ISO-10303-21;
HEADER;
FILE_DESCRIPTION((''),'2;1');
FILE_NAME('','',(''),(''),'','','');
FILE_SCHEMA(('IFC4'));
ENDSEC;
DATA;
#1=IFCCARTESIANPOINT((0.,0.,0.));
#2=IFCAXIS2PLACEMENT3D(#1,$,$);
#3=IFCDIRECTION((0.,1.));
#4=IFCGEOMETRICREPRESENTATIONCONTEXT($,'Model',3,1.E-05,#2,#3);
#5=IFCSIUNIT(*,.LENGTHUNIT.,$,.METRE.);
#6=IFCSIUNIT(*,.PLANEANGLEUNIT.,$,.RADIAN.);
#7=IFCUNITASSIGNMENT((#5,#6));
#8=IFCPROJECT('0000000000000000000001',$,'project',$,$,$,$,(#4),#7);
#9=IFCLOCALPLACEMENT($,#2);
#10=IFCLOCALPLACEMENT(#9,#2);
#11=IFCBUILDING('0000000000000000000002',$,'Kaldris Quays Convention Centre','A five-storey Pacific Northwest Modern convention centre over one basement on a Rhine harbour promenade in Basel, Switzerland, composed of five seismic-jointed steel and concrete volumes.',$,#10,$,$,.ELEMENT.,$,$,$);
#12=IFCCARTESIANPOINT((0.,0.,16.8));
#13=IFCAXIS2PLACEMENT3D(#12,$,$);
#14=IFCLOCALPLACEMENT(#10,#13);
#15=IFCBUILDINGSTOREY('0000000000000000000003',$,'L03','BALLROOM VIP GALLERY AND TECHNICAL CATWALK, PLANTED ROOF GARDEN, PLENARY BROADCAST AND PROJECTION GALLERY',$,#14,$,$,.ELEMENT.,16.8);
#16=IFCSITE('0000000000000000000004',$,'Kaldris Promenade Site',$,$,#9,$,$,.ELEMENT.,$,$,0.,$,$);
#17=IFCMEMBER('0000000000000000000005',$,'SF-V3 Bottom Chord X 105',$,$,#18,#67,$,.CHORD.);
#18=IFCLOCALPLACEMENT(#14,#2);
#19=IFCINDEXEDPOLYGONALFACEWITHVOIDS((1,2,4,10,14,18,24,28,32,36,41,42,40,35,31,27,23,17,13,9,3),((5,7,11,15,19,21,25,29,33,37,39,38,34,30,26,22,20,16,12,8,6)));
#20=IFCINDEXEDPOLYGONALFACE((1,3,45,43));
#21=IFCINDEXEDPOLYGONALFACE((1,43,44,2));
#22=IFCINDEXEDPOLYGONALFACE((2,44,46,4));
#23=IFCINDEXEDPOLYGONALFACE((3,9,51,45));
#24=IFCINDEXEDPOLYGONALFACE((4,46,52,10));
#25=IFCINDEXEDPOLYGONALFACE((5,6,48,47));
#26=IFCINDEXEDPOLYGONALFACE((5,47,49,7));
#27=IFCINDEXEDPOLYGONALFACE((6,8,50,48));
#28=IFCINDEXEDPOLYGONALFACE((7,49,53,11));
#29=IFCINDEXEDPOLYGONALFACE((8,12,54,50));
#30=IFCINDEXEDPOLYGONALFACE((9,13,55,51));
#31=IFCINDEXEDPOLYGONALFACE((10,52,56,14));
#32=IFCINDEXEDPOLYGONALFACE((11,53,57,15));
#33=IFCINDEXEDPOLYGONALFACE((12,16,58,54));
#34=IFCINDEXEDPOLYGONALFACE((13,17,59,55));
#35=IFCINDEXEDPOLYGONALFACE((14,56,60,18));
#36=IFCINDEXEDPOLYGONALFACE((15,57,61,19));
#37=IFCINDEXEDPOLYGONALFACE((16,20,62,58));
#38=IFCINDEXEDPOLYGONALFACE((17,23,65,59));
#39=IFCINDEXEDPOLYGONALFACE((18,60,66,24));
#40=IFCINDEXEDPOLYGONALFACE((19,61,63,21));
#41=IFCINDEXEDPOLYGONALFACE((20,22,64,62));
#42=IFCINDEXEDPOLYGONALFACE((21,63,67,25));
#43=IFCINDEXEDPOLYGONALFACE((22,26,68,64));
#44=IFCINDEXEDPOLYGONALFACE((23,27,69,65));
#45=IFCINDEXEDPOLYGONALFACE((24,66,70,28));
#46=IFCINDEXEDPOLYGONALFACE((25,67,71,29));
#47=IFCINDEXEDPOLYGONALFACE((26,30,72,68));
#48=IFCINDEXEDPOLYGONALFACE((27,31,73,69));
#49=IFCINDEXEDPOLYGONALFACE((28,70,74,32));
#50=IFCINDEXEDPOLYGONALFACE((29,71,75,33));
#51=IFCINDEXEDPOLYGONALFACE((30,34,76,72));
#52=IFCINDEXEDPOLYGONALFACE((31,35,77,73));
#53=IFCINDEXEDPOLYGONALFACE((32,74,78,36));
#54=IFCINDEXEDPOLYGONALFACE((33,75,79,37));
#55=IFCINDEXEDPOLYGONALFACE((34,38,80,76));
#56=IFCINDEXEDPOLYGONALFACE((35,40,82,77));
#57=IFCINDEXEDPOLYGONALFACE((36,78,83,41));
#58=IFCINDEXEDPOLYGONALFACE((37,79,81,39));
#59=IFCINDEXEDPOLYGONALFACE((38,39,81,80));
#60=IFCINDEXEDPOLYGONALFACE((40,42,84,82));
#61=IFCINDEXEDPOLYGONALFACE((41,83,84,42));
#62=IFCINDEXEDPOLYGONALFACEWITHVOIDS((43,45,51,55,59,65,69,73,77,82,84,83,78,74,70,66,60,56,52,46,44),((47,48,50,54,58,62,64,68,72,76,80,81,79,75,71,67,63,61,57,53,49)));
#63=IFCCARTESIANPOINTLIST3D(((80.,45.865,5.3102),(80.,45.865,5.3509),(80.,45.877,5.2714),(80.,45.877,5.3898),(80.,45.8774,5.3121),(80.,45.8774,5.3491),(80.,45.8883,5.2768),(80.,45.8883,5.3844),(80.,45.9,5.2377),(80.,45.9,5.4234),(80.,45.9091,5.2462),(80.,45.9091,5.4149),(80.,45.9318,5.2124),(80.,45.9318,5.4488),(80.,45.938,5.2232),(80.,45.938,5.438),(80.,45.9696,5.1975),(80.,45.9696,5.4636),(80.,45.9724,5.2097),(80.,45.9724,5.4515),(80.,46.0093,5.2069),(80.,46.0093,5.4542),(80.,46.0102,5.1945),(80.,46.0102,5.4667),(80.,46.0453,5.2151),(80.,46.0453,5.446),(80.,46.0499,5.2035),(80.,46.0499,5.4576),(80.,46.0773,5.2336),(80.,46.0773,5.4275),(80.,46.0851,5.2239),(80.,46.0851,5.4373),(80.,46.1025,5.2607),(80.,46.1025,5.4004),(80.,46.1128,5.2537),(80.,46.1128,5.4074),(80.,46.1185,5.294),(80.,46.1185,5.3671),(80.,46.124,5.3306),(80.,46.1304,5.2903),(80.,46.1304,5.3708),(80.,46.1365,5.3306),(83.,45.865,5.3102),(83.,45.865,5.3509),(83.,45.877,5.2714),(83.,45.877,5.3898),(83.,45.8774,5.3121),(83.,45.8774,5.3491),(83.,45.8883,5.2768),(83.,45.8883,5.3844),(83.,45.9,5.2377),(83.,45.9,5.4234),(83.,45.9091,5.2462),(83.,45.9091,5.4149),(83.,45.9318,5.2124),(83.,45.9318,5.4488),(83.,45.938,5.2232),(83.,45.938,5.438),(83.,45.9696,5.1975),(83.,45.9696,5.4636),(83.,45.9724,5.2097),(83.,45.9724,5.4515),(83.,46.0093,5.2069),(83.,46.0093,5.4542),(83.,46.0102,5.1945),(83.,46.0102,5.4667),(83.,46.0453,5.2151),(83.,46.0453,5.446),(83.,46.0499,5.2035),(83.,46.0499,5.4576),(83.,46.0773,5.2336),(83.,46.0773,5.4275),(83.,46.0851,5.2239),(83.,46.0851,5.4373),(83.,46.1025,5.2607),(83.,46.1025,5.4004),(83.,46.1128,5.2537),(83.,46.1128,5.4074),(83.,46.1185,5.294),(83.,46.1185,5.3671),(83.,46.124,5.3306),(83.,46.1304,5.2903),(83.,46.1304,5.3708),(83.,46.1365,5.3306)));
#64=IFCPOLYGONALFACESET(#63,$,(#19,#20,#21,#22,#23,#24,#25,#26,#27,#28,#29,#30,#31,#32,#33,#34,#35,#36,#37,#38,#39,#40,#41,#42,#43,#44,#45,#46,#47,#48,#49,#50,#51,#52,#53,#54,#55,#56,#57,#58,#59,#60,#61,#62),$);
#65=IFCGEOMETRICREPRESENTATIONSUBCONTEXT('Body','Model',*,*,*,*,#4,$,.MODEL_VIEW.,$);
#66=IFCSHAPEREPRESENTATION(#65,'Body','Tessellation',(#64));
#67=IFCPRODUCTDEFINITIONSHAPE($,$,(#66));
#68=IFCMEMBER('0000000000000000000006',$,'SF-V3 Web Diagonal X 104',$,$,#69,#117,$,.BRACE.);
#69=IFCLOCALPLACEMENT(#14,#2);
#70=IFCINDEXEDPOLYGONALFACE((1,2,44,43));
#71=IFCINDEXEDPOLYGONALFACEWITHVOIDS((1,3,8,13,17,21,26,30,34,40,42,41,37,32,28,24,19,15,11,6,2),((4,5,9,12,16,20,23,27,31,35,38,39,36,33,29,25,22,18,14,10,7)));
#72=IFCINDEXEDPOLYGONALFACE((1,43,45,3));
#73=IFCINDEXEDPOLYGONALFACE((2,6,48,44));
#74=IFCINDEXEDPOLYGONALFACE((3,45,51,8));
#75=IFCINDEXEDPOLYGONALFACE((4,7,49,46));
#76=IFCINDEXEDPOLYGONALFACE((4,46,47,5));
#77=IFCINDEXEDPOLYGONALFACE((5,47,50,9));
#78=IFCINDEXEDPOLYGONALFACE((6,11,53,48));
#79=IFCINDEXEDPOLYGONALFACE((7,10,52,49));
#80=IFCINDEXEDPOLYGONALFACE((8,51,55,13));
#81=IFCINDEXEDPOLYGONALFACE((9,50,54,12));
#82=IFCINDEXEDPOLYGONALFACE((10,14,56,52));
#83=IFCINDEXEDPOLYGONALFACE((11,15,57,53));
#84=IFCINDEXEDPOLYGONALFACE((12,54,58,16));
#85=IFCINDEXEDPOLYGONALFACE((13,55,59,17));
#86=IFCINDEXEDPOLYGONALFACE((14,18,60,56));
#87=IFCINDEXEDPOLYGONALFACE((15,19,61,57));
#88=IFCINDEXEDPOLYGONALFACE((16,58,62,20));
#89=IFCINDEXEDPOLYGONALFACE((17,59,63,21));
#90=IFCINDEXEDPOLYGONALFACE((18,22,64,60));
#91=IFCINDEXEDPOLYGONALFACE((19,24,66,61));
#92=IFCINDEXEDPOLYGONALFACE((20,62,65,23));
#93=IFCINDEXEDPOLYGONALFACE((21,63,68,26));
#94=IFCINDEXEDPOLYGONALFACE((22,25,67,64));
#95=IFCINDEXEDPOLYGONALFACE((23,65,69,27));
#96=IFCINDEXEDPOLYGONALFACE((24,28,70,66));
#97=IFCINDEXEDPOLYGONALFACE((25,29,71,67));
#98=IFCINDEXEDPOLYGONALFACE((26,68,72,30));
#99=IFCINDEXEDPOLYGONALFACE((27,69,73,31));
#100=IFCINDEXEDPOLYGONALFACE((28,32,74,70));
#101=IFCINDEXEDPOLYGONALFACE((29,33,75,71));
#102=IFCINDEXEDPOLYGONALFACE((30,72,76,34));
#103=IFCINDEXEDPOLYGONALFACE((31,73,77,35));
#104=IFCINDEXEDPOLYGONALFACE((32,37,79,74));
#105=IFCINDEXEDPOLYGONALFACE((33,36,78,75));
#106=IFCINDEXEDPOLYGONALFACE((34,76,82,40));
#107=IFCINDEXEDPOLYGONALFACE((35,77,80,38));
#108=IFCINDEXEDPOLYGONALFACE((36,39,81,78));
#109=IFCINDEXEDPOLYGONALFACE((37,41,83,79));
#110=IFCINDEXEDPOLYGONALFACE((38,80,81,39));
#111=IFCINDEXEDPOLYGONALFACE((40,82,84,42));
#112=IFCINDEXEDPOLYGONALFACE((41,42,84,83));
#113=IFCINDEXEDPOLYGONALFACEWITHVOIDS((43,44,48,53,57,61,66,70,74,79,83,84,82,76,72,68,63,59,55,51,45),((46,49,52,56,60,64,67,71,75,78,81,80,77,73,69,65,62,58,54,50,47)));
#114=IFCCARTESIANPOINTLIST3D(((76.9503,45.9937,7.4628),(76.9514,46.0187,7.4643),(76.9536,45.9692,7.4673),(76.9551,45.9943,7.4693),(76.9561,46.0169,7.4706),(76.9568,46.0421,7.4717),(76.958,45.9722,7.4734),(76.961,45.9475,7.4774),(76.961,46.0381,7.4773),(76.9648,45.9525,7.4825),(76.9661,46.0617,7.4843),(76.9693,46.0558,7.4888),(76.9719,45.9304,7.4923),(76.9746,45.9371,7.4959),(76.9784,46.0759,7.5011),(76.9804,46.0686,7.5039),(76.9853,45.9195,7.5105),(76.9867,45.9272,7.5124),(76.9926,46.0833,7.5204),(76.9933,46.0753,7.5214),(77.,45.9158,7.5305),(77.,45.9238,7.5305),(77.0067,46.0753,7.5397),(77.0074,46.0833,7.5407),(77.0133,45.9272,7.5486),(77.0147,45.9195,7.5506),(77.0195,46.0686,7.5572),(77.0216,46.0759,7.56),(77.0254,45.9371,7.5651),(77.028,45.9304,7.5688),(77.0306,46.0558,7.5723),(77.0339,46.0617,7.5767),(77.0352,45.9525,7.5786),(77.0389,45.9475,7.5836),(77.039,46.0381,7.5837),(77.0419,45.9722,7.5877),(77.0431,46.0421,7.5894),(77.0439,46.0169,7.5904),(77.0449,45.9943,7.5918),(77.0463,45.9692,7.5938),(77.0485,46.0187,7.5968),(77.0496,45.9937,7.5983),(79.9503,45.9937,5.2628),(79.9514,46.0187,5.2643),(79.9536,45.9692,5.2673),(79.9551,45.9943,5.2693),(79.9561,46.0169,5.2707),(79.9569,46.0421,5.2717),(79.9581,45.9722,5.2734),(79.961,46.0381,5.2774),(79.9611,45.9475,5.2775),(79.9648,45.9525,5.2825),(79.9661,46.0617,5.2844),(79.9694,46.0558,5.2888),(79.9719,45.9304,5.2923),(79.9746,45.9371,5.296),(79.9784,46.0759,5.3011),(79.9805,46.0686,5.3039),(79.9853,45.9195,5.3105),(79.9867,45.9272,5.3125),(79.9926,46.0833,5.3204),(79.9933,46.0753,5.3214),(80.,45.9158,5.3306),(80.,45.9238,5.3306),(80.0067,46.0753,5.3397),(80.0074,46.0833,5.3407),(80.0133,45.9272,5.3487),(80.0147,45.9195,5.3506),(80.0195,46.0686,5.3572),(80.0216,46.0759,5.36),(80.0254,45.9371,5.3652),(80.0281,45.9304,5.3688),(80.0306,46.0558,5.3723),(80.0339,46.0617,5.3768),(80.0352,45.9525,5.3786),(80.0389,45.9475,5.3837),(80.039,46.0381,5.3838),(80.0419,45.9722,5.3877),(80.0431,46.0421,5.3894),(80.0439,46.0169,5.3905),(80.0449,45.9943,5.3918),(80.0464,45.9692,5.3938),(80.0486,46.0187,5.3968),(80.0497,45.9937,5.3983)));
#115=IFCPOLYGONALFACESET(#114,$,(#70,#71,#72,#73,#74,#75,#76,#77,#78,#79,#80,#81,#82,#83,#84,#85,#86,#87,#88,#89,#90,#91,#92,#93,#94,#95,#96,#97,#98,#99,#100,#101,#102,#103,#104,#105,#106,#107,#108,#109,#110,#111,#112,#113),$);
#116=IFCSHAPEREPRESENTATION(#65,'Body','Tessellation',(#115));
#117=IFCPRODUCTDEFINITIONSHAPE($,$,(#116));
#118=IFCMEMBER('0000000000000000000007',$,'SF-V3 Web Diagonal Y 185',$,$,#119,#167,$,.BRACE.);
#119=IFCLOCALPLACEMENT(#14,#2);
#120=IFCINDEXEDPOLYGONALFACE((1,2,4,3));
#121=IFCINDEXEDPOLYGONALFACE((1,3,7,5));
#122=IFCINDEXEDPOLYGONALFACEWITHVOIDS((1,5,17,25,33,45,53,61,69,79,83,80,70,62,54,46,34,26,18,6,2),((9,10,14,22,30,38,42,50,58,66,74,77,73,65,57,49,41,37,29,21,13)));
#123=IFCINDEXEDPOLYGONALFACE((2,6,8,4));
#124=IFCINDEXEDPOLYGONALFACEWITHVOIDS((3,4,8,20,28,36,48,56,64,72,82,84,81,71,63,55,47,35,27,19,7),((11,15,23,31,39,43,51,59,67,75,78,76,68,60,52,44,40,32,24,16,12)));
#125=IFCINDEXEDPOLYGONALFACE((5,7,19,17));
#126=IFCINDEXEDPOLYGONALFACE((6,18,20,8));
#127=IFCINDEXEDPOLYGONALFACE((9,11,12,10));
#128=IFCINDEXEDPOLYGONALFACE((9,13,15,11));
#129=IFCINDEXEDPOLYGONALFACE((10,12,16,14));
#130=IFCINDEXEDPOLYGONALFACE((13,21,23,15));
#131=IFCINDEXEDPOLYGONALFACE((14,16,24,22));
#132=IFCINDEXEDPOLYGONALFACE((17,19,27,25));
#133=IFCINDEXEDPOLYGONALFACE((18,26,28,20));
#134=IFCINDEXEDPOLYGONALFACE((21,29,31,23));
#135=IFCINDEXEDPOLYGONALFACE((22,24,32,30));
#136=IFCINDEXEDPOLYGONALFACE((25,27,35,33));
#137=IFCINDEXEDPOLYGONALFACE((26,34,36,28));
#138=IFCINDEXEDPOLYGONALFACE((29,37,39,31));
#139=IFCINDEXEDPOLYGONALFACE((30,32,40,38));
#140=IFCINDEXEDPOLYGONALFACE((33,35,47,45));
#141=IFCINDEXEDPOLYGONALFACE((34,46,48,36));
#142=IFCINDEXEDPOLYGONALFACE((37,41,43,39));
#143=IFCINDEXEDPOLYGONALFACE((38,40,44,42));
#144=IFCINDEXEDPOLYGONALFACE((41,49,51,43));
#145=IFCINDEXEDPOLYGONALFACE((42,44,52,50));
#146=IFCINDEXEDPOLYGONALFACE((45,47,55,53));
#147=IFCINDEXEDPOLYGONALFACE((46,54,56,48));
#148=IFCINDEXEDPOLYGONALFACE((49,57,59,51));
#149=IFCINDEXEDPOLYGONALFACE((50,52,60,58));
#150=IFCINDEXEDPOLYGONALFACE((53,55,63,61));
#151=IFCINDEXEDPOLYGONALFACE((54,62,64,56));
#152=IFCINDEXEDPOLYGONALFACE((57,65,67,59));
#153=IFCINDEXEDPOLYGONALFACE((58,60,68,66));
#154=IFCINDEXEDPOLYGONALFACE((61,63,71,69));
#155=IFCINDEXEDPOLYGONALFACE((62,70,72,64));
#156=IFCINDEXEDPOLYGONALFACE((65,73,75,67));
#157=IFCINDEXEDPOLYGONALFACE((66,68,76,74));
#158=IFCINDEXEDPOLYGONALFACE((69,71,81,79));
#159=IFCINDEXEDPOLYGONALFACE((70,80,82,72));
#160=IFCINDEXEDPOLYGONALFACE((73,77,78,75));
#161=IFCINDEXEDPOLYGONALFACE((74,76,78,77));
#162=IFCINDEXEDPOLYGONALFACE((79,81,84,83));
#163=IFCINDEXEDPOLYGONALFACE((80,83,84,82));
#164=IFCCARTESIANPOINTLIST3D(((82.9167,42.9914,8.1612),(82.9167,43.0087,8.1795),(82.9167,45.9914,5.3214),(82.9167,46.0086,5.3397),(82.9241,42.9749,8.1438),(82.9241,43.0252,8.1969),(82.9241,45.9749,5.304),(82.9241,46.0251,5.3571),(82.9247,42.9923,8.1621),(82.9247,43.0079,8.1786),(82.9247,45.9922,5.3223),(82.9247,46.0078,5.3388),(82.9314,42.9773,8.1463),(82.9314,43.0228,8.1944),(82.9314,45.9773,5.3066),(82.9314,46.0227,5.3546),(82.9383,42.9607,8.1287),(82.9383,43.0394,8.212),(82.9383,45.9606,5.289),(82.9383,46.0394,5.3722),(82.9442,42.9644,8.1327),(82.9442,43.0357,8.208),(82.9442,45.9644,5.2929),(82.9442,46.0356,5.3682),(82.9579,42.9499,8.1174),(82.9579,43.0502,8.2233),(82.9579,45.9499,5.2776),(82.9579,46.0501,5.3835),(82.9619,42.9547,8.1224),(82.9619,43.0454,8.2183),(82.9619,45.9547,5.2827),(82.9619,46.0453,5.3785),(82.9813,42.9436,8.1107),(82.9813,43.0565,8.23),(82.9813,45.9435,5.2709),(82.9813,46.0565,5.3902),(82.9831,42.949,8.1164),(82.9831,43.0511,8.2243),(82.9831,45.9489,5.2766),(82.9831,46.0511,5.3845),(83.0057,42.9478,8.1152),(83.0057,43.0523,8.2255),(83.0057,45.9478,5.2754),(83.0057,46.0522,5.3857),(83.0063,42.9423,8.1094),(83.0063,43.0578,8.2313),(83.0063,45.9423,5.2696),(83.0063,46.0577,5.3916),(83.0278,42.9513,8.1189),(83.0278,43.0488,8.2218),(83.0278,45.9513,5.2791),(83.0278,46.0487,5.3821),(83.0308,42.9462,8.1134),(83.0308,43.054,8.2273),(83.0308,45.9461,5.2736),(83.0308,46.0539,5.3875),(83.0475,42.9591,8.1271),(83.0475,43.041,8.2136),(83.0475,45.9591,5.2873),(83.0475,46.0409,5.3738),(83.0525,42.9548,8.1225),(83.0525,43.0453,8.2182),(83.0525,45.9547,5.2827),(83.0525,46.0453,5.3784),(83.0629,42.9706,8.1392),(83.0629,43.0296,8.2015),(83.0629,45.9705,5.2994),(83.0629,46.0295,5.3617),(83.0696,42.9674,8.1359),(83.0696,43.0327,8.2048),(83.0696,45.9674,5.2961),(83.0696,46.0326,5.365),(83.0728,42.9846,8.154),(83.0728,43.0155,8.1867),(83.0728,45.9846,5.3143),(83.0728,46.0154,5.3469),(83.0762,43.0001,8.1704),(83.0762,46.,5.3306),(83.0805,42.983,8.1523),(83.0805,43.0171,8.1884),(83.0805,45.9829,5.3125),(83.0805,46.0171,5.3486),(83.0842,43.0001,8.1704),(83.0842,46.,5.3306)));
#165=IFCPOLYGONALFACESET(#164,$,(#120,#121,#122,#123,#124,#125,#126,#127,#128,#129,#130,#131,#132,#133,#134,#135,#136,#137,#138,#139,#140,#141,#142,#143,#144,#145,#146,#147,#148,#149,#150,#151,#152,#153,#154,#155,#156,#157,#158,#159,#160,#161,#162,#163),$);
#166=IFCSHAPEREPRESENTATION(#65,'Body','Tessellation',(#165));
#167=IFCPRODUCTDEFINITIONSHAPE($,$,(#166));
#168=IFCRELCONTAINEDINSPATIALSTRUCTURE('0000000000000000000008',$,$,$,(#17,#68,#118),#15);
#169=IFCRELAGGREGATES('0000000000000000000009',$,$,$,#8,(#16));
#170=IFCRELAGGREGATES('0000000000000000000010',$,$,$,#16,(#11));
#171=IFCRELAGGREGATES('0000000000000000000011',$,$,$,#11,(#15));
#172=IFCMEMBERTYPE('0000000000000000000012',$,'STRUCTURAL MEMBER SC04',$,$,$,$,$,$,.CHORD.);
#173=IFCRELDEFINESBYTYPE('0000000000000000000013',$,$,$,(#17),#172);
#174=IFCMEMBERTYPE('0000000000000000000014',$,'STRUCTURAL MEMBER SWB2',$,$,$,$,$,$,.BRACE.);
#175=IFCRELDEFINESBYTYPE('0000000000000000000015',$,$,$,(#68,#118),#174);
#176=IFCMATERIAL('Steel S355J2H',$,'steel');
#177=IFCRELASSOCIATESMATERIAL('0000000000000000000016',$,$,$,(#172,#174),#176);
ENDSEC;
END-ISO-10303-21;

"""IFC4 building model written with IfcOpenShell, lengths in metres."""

from ifc_helpers import new_model, si_unit, direction, frame, origin, origin_2d, place, context, subcontext, project, spatial, hollow_circle, extrude, material, material_profile, profile_set, type_object, element, save


model = new_model("IFC4")

# Units and contexts
model_context = context("Model", 3, precision=1e-05, world=origin(), true_north=direction((0.0, 1.0)))
body_context = subcontext(model_context, "Body", "Model", "MODEL_VIEW")
ifc_project = project(units=[si_unit("LENGTHUNIT", "METRE"), si_unit("PLANEANGLEUNIT", "RADIAN")], contexts=[model_context])

# Site, building, storey
site_placement = place(None, origin())
site = spatial("IfcSite", under=ifc_project, at=site_placement, Name="Kaldris Promenade Site", CompositionType="ELEMENT", RefElevation=0.0)
building_placement = place(site_placement, origin())
building = spatial("IfcBuilding", under=site, at=building_placement, Name="Kaldris Quays Convention Centre", Description="A five-storey Pacific Northwest Modern convention centre over one basement on a Rhine harbour promenade in Basel, Switzerland, composed of five seismic-jointed steel and concrete volumes.", CompositionType="ELEMENT")
storey_placement = place(building_placement, frame((0.0, 0.0, 16.8)))
storey = spatial("IfcBuildingStorey", under=building, at=storey_placement, Name="L03", Description="BALLROOM VIP GALLERY AND TECHNICAL CATWALK, PLANTED ROOF GARDEN, PLENARY BROADCAST AND PROJECTION GALLERY", CompositionType="ELEMENT", Elevation=16.8)

# Members
ifc_material_1 = material(Name="Steel S355J2H", Category="steel")
ifc_material_profile_1 = material_profile(ifc_material_1, hollow_circle(Radius=0.1365, WallThickness=0.0125, at=origin_2d()), Name="CHS 273x12.5")
ifc_profile_set_1 = profile_set([ifc_material_profile_1], Name="Steel S355J2H")
member_type_1 = type_object("IfcMemberType", Name="STRUCTURAL MEMBER SC04", PredefinedType="CHORD", material=ifc_profile_set_1)
member_1_placement = place(storey_placement, frame((80.0, 46.0, 5.3306), z_axis=(1.0, 0.0, 0.0), x_axis=(0.0, 1.0, 0.0)))
element("IfcMember", 1, at=member_1_placement, inside=storey, type_object=member_type_1, Name="SF-V3 Bottom Chord X 105", PredefinedType="CHORD", context=body_context, shape_type="SweptSolid", body=[
    extrude(hollow_circle(Radius=0.1365, WallThickness=0.0125, at=origin_2d()), origin(), (0.0, 0.0, 1.0), 3.0),
])
ifc_material_profile_2 = material_profile(ifc_material_1, hollow_circle(Radius=0.0842, WallThickness=0.0081, at=origin_2d()), Name="CHS 168.3x8")
ifc_profile_set_2 = profile_set([ifc_material_profile_2], Name="Steel S355J2H")
member_type_2 = type_object("IfcMemberType", Name="STRUCTURAL MEMBER SWB2", PredefinedType="BRACE", material=ifc_profile_set_2)
member_2_placement = place(storey_placement, frame((80.0, 46.0, 5.3306), z_axis=(-0.806411, 0.0, 0.591355), x_axis=(0.0, -1.0, 0.0)))
element("IfcMember", 2, at=member_2_placement, inside=storey, type_object=member_type_2, Name="SF-V3 Web Diagonal X 104", PredefinedType="BRACE", context=body_context, shape_type="SweptSolid", body=[
    extrude(hollow_circle(Radius=0.0842, WallThickness=0.0081, at=origin_2d()), origin(), (0.0, 0.0, 1.0), 3.7202),
])
member_3_placement = place(storey_placement, frame((83.0, 46.0, 5.3306), z_axis=(0.0, -0.726226, 0.687456), x_axis=(1.0, 0.0, 0.0)))
element("IfcMember", 3, at=member_3_placement, inside=storey, type_object=member_type_2, Name="SF-V3 Web Diagonal Y 185", PredefinedType="BRACE", context=body_context, shape_type="SweptSolid", body=[
    extrude(hollow_circle(Radius=0.0842, WallThickness=0.0081, at=origin_2d()), origin(), (0.0, 0.0, 1.0), 4.1309),
])

save(model, "model.ifc")
